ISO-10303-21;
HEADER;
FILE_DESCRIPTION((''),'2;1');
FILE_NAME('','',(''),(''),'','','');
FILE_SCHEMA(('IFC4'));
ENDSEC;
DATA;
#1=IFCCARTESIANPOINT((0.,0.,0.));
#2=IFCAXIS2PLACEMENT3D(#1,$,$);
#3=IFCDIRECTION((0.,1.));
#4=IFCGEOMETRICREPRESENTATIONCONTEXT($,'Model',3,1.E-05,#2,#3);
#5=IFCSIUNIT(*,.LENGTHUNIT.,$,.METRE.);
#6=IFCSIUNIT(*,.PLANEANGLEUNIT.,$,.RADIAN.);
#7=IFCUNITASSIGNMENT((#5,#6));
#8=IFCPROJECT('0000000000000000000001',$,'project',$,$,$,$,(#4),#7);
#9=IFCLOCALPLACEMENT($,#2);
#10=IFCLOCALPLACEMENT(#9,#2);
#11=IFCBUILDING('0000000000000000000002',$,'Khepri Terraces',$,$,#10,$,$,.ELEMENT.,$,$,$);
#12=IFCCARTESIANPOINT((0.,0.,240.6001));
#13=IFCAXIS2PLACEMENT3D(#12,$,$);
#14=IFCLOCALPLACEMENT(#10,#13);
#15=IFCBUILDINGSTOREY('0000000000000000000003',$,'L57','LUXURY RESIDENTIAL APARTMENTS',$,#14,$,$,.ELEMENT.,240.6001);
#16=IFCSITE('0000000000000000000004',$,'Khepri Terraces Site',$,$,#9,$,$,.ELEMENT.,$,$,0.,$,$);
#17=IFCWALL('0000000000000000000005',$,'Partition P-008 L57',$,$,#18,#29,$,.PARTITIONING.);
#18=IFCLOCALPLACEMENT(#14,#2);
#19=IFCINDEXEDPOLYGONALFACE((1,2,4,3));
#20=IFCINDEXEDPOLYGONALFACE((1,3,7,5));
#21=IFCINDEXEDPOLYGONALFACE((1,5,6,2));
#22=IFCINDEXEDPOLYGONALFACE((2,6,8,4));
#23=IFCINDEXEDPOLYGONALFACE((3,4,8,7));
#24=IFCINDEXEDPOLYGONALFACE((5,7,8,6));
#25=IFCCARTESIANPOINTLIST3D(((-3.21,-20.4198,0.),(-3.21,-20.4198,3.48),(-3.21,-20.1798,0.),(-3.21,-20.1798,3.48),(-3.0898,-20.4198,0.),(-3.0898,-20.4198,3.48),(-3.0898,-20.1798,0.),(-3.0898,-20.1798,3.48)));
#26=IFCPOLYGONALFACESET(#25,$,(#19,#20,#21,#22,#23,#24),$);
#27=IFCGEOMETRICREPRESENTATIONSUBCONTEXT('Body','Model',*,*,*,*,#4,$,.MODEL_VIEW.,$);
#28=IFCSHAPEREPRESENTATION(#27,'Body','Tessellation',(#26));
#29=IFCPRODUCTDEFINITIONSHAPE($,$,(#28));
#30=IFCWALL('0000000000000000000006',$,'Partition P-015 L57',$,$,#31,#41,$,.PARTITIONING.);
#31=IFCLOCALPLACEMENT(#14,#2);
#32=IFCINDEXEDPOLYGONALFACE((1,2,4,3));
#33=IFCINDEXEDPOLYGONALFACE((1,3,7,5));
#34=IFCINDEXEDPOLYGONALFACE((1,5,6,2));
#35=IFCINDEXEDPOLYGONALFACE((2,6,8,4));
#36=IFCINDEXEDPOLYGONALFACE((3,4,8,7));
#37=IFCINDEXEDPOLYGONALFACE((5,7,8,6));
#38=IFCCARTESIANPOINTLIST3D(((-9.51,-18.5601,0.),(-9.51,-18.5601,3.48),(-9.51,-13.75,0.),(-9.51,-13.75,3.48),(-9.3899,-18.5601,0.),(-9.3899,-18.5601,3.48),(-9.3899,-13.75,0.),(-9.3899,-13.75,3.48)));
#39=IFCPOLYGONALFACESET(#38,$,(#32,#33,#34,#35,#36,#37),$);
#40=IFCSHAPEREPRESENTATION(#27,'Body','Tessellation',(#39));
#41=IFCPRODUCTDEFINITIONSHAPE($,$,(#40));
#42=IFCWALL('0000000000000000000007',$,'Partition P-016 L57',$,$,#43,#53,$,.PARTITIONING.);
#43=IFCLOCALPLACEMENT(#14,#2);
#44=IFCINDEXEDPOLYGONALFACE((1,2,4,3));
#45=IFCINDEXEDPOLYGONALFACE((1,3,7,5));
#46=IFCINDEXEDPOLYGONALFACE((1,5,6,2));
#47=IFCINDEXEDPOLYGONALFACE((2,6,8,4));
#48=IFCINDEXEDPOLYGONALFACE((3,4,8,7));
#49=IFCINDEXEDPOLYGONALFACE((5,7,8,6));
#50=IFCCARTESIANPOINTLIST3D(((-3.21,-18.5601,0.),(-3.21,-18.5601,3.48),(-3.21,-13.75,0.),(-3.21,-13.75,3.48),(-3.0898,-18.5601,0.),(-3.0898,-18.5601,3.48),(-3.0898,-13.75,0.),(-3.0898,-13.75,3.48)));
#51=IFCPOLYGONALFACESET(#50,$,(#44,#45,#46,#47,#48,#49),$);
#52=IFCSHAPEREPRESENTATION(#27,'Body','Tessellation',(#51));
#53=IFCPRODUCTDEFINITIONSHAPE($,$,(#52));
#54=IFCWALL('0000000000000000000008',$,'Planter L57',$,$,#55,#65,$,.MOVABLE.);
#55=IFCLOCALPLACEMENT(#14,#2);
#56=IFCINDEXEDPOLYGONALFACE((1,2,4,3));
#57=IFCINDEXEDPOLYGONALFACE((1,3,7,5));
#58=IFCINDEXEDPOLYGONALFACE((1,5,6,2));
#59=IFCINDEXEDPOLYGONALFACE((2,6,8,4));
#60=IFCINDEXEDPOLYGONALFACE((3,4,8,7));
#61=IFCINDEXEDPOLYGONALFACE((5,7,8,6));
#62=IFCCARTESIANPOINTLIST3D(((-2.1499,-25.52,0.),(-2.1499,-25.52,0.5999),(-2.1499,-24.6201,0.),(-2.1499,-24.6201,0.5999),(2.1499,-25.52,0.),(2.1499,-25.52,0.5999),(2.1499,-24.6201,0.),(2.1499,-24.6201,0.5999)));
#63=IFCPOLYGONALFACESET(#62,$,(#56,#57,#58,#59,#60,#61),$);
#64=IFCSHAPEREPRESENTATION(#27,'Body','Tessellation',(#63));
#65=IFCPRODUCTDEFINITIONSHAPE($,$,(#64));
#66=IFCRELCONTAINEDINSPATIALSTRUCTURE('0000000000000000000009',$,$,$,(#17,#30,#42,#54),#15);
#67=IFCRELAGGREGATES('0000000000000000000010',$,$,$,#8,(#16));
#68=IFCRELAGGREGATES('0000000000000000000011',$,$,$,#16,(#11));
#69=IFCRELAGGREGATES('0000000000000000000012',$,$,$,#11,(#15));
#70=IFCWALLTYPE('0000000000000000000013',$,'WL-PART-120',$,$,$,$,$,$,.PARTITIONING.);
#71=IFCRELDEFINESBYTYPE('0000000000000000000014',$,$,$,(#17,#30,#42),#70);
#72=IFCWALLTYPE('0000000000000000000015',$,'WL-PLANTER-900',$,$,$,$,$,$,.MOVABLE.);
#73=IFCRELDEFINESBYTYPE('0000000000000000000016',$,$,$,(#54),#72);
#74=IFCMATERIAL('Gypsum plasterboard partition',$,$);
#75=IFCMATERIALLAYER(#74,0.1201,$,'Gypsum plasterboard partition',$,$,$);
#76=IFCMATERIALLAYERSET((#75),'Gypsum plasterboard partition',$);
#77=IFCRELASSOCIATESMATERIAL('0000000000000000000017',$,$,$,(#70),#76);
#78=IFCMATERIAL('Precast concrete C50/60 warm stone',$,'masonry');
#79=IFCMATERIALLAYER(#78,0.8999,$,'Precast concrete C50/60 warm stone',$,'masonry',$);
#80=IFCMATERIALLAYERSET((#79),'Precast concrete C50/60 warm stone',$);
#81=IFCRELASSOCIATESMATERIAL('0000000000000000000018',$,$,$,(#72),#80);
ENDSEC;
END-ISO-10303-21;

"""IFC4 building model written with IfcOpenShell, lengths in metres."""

from ifc_helpers import new_model, si_unit, direction, frame, frame_2d, origin, place, context, subcontext, project, spatial, rectangle, extrude, material, layer, layer_set, type_object, element, save


model = new_model("IFC4")

# Units and contexts
model_context = context("Model", 3, precision=1e-05, world=origin(), true_north=direction((0.0, 1.0)))
body_context = subcontext(model_context, "Body", "Model", "MODEL_VIEW")
ifc_project = project(units=[si_unit("LENGTHUNIT", "METRE"), si_unit("PLANEANGLEUNIT", "RADIAN")], contexts=[model_context])

# Site, building, storey
site_placement = place(None, origin())
site = spatial("IfcSite", under=ifc_project, at=site_placement, Name="Khepri Terraces Site", CompositionType="ELEMENT", RefElevation=0.0)
building_placement = place(site_placement, origin())
building = spatial("IfcBuilding", under=site, at=building_placement, Name="Khepri Terraces", CompositionType="ELEMENT")
storey_placement = place(building_placement, frame((0.0, 0.0, 240.6001)))
storey = spatial("IfcBuildingStorey", under=building, at=storey_placement, Name="L57", Description="LUXURY RESIDENTIAL APARTMENTS", CompositionType="ELEMENT", Elevation=240.6001)

# Shared definitions
ifc_material_1 = material(Name="Precast concrete C50/60 warm stone", Category="masonry")

# Shared definitions
ifc_material_2 = material(Name="Gypsum plasterboard partition")
ifc_layer_1 = layer(ifc_material_2, 0.1201, Name="Gypsum plasterboard partition")
ifc_layer_set_1 = layer_set([ifc_layer_1], Name="Gypsum plasterboard partition")
wall_type_1 = type_object("IfcWallType", Name="WL-PART-120", PredefinedType="PARTITIONING", material=ifc_layer_set_1)

# Walls
wall_1_placement = place(storey_placement, frame((-3.1499, -20.4199, 0.0), z_axis=(0.0, 0.0, 1.0), x_axis=(0.0, 1.0, 0.0)))
element("IfcWall", 1, at=wall_1_placement, inside=storey, type_object=wall_type_1, Name="Partition P-008 L57", PredefinedType="PARTITIONING", context=body_context, shape_type="SweptSolid", body=[
    extrude(rectangle(XDim=0.24, YDim=0.1201, at=frame_2d((0.1201, 0.0))), origin(), (0.0, 0.0, 1.0), 3.48),
])
for number, where, z_axis, x_axis, name in (
    (2, (-9.45, -18.5601, 0.0), (0.0, 0.0, 1.0), (0.0, 1.0, 0.0), "Partition P-015 L57"),
    (3, (-3.1499, -18.5601, 0.0), (0.0, 0.0, 1.0), (0.0, 1.0, 0.0), "Partition P-016 L57"),
):
    element("IfcWall", number, at=place(storey_placement, frame(where, z_axis=z_axis, x_axis=x_axis)), inside=storey, type_object=wall_type_1, Name=name, PredefinedType="PARTITIONING", context=body_context, shape_type="SweptSolid", body=[
        extrude(rectangle(XDim=4.8101, YDim=0.1201, at=frame_2d((2.405, 0.0))), origin(), (0.0, 0.0, 1.0), 3.48),
    ])
ifc_layer_2 = layer(ifc_material_1, 0.8999, Name="Precast concrete C50/60 warm stone", Category="masonry")
ifc_layer_set_2 = layer_set([ifc_layer_2], Name="Precast concrete C50/60 warm stone")
wall_type_2 = type_object("IfcWallType", Name="WL-PLANTER-900", PredefinedType="MOVABLE", material=ifc_layer_set_2)
wall_2_placement = place(storey_placement, frame((-2.1499, -25.0701, 0.0), z_axis=(0.0, 0.0, 1.0), x_axis=(1.0, 0.0, 0.0)))
element("IfcWall", 4, at=wall_2_placement, inside=storey, type_object=wall_type_2, Name="Planter L57", PredefinedType="MOVABLE", context=body_context, shape_type="SweptSolid", body=[
    extrude(rectangle(XDim=4.2998, YDim=0.8999, at=frame_2d((2.1499, 0.0))), origin(), (0.0, 0.0, 1.0), 0.5999),
])

save(model, "model.ifc")
